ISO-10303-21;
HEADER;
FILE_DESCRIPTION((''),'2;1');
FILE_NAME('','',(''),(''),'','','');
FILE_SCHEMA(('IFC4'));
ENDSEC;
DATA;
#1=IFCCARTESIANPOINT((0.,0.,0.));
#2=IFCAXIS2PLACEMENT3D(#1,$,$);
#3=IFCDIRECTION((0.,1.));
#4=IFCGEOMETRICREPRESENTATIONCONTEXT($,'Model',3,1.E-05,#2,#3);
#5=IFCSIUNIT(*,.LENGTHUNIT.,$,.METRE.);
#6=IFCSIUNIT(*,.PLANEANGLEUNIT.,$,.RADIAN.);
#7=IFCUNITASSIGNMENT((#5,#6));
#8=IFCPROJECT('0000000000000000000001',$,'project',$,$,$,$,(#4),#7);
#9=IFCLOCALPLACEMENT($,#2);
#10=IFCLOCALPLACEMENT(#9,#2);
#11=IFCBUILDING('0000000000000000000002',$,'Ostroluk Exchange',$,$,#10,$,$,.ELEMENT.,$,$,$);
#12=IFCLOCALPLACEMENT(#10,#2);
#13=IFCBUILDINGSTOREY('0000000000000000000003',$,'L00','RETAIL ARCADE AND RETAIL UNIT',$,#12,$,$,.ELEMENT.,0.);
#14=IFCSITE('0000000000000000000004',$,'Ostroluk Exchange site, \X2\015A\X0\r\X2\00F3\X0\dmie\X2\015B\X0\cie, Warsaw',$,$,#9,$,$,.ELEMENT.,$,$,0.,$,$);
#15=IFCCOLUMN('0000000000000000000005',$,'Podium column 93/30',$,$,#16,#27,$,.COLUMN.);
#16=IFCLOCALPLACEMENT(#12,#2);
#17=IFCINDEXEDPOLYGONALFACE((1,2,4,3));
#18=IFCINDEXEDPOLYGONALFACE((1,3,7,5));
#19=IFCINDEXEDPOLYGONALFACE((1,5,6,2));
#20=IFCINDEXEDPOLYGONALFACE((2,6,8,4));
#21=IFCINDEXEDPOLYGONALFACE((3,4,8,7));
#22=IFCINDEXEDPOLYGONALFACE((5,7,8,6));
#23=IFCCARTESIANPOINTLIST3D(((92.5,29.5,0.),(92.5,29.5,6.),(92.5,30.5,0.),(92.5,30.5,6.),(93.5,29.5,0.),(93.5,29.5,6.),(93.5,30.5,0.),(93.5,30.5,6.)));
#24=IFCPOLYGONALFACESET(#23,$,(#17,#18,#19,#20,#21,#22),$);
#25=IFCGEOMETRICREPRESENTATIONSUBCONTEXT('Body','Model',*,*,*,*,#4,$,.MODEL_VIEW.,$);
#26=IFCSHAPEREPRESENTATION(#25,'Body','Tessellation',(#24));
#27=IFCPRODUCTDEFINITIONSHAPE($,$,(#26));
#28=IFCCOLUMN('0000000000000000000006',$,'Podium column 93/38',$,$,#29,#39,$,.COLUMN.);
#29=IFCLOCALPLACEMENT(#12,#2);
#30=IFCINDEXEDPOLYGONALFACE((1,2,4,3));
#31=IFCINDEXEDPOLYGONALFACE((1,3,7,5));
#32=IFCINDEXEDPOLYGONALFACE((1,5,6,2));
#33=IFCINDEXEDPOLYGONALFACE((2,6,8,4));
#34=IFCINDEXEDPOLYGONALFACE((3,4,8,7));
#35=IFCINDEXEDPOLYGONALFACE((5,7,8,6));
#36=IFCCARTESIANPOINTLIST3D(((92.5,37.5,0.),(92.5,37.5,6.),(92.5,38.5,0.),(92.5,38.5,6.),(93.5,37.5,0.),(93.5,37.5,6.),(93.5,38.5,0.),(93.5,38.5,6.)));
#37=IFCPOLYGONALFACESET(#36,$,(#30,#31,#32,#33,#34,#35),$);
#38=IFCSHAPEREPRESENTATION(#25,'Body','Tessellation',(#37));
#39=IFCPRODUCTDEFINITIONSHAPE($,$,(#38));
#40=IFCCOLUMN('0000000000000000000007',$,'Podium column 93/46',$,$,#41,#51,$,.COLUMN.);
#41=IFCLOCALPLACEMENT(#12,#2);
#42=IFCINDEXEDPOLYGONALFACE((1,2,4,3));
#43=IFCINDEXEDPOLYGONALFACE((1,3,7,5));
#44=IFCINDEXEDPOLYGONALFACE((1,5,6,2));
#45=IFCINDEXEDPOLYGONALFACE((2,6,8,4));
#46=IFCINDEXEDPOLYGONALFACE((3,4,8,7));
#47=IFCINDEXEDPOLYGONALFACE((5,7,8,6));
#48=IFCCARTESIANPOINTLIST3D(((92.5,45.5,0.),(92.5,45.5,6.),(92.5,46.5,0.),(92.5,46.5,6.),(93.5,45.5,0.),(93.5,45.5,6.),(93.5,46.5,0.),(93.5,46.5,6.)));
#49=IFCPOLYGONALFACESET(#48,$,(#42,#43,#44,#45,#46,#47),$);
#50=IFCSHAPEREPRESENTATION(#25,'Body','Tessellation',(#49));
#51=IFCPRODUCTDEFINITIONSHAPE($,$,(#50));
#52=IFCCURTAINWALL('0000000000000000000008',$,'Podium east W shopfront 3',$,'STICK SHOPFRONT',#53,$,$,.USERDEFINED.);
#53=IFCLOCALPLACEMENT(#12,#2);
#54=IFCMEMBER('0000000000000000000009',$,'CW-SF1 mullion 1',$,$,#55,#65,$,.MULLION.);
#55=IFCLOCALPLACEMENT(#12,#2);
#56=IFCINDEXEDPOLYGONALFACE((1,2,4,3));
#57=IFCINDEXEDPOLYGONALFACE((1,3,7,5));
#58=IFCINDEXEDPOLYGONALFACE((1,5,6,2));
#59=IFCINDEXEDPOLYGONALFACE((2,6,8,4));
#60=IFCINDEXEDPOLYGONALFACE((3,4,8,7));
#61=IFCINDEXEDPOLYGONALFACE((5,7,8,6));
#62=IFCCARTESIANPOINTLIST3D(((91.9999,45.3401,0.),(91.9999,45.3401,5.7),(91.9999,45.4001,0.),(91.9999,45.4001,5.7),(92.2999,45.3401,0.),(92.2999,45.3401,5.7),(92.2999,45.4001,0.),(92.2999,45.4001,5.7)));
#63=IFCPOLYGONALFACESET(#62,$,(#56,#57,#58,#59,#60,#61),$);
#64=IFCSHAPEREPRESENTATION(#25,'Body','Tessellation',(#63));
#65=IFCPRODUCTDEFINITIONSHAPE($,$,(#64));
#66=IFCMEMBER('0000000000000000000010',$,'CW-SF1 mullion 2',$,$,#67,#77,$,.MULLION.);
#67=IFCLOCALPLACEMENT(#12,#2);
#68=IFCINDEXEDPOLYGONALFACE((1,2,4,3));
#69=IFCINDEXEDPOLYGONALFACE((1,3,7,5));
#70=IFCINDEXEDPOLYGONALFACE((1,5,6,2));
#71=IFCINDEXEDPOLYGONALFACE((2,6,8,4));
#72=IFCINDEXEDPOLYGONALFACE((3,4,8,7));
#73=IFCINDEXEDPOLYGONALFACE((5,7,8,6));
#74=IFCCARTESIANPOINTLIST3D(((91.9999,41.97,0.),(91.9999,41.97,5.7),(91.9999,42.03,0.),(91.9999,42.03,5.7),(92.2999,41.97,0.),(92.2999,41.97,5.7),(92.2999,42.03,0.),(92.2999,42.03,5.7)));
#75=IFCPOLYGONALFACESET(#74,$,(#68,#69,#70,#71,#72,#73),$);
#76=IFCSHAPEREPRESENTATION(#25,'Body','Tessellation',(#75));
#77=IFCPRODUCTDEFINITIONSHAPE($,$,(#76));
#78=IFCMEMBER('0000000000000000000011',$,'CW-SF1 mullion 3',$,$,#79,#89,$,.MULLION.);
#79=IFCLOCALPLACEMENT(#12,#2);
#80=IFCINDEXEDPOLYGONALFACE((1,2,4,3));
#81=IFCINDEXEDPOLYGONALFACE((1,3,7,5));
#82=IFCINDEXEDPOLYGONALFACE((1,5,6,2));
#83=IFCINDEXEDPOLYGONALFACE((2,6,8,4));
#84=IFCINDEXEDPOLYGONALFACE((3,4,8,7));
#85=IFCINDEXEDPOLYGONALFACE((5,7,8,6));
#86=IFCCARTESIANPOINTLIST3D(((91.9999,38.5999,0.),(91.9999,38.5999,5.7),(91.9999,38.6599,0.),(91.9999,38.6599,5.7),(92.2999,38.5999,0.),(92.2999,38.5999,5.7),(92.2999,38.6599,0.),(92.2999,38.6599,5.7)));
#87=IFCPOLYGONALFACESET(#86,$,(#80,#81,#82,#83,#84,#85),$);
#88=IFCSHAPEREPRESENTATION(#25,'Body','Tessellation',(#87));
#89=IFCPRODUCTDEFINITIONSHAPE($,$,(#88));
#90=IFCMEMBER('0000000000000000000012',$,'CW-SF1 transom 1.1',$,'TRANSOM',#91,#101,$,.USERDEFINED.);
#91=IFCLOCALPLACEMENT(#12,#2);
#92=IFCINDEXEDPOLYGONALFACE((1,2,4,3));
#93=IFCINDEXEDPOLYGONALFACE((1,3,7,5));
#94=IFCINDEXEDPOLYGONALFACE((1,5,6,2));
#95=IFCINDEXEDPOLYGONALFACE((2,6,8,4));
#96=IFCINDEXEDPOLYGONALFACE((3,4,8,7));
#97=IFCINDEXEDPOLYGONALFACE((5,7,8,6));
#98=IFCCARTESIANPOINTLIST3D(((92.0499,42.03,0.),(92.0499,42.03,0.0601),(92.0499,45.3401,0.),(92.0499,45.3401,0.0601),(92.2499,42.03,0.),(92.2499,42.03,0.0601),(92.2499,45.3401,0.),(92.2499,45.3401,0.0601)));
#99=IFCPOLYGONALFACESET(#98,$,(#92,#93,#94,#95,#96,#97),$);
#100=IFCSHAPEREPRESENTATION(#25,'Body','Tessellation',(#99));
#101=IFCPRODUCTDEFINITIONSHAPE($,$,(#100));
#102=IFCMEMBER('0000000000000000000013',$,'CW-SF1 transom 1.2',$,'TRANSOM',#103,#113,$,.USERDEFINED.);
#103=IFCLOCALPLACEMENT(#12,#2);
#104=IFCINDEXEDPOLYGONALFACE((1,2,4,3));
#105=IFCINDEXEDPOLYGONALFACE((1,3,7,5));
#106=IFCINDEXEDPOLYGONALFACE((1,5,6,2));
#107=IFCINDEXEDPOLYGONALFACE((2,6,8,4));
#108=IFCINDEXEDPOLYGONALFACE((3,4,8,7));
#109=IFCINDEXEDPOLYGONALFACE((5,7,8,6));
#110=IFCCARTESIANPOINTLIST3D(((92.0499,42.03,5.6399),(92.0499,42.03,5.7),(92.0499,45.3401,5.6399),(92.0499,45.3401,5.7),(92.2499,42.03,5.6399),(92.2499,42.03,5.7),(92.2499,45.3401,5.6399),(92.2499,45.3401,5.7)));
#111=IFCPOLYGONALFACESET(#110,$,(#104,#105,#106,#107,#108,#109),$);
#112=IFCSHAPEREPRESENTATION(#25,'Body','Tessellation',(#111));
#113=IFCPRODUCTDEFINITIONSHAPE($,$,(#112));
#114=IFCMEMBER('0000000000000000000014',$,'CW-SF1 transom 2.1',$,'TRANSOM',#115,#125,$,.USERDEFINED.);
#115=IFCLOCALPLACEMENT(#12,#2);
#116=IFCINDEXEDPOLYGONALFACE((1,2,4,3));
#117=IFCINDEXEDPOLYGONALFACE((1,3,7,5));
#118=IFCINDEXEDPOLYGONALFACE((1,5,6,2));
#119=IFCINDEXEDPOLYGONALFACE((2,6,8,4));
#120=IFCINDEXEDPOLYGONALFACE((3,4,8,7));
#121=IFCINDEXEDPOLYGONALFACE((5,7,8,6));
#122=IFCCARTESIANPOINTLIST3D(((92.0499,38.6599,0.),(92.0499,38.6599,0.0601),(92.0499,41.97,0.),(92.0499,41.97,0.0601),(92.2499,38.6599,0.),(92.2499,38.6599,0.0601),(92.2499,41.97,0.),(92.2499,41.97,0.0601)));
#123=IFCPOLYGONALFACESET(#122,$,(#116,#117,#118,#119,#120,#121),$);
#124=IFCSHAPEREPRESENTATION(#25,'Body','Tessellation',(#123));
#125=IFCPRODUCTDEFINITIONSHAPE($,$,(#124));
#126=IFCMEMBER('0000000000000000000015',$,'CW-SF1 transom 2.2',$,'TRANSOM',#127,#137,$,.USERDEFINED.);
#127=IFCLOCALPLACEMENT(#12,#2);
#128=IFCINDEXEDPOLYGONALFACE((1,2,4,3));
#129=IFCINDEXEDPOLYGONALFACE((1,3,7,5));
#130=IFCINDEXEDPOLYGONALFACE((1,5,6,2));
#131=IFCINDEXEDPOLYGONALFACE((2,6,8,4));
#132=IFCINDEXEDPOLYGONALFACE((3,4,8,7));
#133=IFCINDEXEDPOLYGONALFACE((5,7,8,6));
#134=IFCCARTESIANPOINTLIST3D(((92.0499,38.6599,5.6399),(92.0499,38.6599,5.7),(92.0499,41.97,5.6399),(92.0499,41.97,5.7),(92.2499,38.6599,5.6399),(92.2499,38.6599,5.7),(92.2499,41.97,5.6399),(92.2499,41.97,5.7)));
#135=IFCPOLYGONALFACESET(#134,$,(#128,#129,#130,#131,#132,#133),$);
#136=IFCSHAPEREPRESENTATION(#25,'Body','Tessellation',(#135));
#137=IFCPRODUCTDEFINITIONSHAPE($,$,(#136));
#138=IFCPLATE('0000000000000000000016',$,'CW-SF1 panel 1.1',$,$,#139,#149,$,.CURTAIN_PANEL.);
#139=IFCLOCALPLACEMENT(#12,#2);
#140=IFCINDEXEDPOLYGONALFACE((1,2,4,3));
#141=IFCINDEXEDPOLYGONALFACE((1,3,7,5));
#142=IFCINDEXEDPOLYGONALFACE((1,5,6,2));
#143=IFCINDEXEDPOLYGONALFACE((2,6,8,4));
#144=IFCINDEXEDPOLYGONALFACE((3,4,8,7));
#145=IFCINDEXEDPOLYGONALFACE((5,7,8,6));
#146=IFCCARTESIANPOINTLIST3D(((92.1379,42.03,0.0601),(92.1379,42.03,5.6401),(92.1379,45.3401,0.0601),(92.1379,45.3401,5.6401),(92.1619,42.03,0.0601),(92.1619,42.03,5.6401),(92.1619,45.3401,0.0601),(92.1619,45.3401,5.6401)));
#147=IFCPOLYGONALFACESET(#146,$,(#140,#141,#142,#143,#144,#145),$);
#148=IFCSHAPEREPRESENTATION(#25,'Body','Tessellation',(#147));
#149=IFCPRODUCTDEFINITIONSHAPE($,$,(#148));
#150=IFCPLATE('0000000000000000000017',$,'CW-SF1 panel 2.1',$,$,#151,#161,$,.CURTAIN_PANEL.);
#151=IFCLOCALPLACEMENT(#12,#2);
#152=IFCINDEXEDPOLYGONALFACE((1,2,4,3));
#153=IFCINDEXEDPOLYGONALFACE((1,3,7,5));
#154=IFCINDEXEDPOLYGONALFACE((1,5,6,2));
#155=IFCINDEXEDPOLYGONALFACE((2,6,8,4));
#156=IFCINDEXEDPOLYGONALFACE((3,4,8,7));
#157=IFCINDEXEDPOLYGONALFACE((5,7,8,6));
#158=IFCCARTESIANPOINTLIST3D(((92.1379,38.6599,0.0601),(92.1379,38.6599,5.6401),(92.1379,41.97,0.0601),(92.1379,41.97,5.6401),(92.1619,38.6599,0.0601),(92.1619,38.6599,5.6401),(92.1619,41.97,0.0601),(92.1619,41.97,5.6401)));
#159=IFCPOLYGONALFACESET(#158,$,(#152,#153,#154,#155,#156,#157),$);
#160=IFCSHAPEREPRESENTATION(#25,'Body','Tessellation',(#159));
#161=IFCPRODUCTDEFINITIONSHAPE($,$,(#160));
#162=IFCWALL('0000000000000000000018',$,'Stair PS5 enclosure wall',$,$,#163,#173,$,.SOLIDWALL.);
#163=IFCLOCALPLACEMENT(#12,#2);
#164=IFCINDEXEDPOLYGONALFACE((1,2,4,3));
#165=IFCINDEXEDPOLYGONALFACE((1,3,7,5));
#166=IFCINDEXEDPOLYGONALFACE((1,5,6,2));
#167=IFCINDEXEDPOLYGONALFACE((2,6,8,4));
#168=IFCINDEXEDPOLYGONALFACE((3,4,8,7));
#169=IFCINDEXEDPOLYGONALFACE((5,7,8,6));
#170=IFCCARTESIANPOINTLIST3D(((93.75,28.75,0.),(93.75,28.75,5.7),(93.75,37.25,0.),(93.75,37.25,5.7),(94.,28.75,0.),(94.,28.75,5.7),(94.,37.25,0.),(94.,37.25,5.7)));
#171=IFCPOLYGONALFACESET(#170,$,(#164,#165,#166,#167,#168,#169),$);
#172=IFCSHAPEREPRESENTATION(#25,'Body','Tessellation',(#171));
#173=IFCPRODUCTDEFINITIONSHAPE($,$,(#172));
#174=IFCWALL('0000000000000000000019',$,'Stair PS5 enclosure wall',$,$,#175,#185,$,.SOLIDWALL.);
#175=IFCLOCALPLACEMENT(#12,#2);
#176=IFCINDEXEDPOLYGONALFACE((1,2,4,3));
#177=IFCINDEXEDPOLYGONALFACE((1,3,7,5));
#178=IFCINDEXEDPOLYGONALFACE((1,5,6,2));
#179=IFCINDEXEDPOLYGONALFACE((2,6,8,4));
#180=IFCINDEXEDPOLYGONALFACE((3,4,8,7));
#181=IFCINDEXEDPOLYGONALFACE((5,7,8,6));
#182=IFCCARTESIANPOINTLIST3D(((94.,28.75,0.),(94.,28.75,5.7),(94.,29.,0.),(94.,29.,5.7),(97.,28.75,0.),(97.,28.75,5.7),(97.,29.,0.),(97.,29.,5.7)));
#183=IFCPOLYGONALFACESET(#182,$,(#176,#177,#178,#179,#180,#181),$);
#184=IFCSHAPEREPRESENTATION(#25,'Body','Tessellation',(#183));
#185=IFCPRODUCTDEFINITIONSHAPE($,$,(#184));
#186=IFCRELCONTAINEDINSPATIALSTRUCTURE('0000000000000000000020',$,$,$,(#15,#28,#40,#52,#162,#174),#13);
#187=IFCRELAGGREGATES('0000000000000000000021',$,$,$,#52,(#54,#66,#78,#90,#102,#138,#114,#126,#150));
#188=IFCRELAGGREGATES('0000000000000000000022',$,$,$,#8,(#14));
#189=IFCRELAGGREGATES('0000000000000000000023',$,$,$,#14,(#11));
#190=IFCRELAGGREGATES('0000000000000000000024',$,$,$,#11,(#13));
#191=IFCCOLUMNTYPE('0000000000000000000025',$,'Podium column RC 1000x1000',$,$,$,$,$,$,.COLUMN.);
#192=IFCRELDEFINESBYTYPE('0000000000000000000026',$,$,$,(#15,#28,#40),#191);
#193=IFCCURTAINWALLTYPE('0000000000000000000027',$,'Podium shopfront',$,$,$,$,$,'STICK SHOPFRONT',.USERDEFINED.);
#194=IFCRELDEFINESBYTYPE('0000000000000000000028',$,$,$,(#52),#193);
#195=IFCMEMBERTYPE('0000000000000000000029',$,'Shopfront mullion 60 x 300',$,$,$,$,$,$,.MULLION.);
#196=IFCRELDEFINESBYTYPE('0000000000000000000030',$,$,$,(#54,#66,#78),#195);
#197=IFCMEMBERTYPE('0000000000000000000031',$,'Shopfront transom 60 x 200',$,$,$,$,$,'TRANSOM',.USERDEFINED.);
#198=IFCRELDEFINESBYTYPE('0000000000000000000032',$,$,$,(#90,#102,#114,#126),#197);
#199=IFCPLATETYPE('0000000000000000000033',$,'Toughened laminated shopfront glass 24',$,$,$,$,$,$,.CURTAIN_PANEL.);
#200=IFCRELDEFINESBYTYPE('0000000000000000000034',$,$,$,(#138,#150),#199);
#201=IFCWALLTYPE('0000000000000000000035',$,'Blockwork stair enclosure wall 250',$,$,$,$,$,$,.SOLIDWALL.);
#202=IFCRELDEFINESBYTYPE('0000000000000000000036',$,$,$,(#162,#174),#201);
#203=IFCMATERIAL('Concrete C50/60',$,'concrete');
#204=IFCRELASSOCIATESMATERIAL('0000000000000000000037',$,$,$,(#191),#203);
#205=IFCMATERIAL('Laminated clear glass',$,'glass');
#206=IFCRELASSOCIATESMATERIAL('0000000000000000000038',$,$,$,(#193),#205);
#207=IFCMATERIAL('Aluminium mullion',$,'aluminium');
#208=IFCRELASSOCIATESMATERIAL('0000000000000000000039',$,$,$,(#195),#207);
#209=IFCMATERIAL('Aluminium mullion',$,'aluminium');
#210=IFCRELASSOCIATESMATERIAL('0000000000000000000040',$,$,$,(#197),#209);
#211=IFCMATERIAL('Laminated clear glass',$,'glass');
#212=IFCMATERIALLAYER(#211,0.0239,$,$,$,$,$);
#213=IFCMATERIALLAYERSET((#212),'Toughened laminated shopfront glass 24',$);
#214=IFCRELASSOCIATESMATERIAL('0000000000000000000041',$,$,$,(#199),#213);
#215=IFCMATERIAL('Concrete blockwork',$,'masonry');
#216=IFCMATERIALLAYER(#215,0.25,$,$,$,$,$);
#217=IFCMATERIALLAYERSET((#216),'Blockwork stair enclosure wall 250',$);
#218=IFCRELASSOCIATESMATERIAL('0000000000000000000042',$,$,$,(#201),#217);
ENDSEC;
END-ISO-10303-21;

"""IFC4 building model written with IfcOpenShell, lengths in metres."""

from ifc_helpers import new_model, si_unit, direction, frame, frame_2d, origin, origin_2d, place, context, subcontext, project, spatial, rectangle, extrude, material, layer, layer_set, material_profile, profile_set, type_object, element, aggregate, save


model = new_model("IFC4")

# Units and contexts
model_context = context("Model", 3, precision=1e-05, world=origin(), true_north=direction((0.0, 1.0)))
body_context = subcontext(model_context, "Body", "Model", "MODEL_VIEW")
ifc_project = project(units=[si_unit("LENGTHUNIT", "METRE"), si_unit("PLANEANGLEUNIT", "RADIAN")], contexts=[model_context])

# Site, building, storey
site_placement = place(None, origin())
site = spatial("IfcSite", under=ifc_project, at=site_placement, Name="Ostroluk Exchange site, Śródmieście, Warsaw", CompositionType="ELEMENT", RefElevation=0.0)
building_placement = place(site_placement, origin())
building = spatial("IfcBuilding", under=site, at=building_placement, Name="Ostroluk Exchange", CompositionType="ELEMENT")
storey_placement = place(building_placement, origin())
storey = spatial("IfcBuildingStorey", under=building, at=storey_placement, Name="L00", Description="RETAIL ARCADE AND RETAIL UNIT", CompositionType="ELEMENT", Elevation=0.0)

# Columns
ifc_material_1 = material(Name="Concrete C50/60", Category="concrete")
ifc_material_profile_1 = material_profile(ifc_material_1, rectangle(XDim=1.0, YDim=1.0, at=origin_2d()), Name="RC 1000x1000")
ifc_profile_set_1 = profile_set([ifc_material_profile_1], Name="Concrete C50/60")
column_type = type_object("IfcColumnType", Name="Podium column RC 1000x1000", PredefinedType="COLUMN", material=ifc_profile_set_1)
for number, where, z_axis, x_axis, name in (
    (1, (93.0, 30.0, 0.0), (0.0, 0.0, 1.0), (1.0, 0.0, 0.0), "Podium column 93/30"),
    (2, (93.0, 38.0, 0.0), (0.0, 0.0, 1.0), (1.0, 0.0, 0.0), "Podium column 93/38"),
    (3, (93.0, 46.0, 0.0), (0.0, 0.0, 1.0), (1.0, 0.0, 0.0), "Podium column 93/46"),
):
    element("IfcColumn", number, at=place(storey_placement, frame(where, z_axis=z_axis, x_axis=x_axis)), inside=storey, type_object=column_type, Name=name, PredefinedType="COLUMN", context=body_context, shape_type="SweptSolid", body=[
        extrude(rectangle(XDim=1.0, YDim=1.0, at=origin_2d()), origin(), (0.0, 0.0, 1.0), 6.0),
    ])

# Curtain wall, members, plates
ifc_material_2 = material(Name="Laminated clear glass", Category="glass")
curtain_wall_type = type_object("IfcCurtainWallType", Name="Podium shopfront", ElementType="STICK SHOPFRONT", PredefinedType="USERDEFINED", material=ifc_material_2)
curtain_wall_placement = place(storey_placement, origin())
curtain_wall = element("IfcCurtainWall", 4, at=curtain_wall_placement, inside=storey, type_object=curtain_wall_type, Name="Podium east W shopfront 3", ObjectType="STICK SHOPFRONT", PredefinedType="USERDEFINED")
ifc_material_3 = material(Name="Aluminium mullion", Category="aluminium")
ifc_material_profile_2 = material_profile(ifc_material_3, rectangle(XDim=0.3, YDim=0.0601, at=origin_2d()), Name="Shopfront mullion 60 x 300")
ifc_profile_set_2 = profile_set([ifc_material_profile_2], Name="Aluminium mullion")
member_type_1 = type_object("IfcMemberType", Name="Shopfront mullion 60 x 300", PredefinedType="MULLION", material=ifc_profile_set_2)
member_1_placement = place(storey_placement, frame((92.1499, 45.3701, 0.0), z_axis=(0.0, 0.0, 1.0), x_axis=(1.0, 0.0, 0.0)))
member_1 = element("IfcMember", 5, at=member_1_placement, type_object=member_type_1, Name="CW-SF1 mullion 1", PredefinedType="MULLION", context=body_context, shape_type="SweptSolid", body=[
    extrude(rectangle(XDim=0.3, YDim=0.0601, at=origin_2d()), origin(), (0.0, 0.0, 1.0), 5.7),
])
member_2_placement = place(storey_placement, frame((92.1499, 42.0, 0.0), z_axis=(0.0, 0.0, 1.0), x_axis=(1.0, 0.0, 0.0)))
member_2 = element("IfcMember", 6, at=member_2_placement, type_object=member_type_1, Name="CW-SF1 mullion 2", PredefinedType="MULLION", context=body_context, shape_type="SweptSolid", body=[
    extrude(rectangle(XDim=0.3, YDim=0.0601, at=origin_2d()), origin(), (0.0, 0.0, 1.0), 5.7),
])
member_3_placement = place(storey_placement, frame((92.1499, 38.6299, 0.0), z_axis=(0.0, 0.0, 1.0), x_axis=(1.0, 0.0, 0.0)))
member_3 = element("IfcMember", 7, at=member_3_placement, type_object=member_type_1, Name="CW-SF1 mullion 3", PredefinedType="MULLION", context=body_context, shape_type="SweptSolid", body=[
    extrude(rectangle(XDim=0.3, YDim=0.0601, at=origin_2d()), origin(), (0.0, 0.0, 1.0), 5.7),
])
ifc_material_4 = material(Name="Aluminium mullion", Category="aluminium")
ifc_material_profile_3 = material_profile(ifc_material_4, rectangle(XDim=0.2, YDim=0.0601, at=origin_2d()), Name="Shopfront transom 60 x 200")
ifc_profile_set_3 = profile_set([ifc_material_profile_3], Name="Aluminium mullion")
member_type_2 = type_object("IfcMemberType", Name="Shopfront transom 60 x 200", ElementType="TRANSOM", PredefinedType="USERDEFINED", material=ifc_profile_set_3)
member_4_placement = place(storey_placement, frame((92.1499, 45.3401, 0.03), z_axis=(0.0, -1.0, 0.0), x_axis=(1.0, 0.0, 0.0)))
member_4 = element("IfcMember", 8, at=member_4_placement, type_object=member_type_2, Name="CW-SF1 transom 1.1", ObjectType="TRANSOM", PredefinedType="USERDEFINED", context=body_context, shape_type="SweptSolid", body=[
    extrude(rectangle(XDim=0.2, YDim=0.0601, at=origin_2d()), origin(), (0.0, 0.0, 1.0), 3.3101),
])
member_5_placement = place(storey_placement, frame((92.1499, 45.3401, 5.6699), z_axis=(0.0, -1.0, 0.0), x_axis=(1.0, 0.0, 0.0)))
member_5 = element("IfcMember", 9, at=member_5_placement, type_object=member_type_2, Name="CW-SF1 transom 1.2", ObjectType="TRANSOM", PredefinedType="USERDEFINED", context=body_context, shape_type="SweptSolid", body=[
    extrude(rectangle(XDim=0.2, YDim=0.0601, at=origin_2d()), origin(), (0.0, 0.0, 1.0), 3.3101),
])
member_6_placement = place(storey_placement, frame((92.1499, 41.97, 0.03), z_axis=(0.0, -1.0, 0.0), x_axis=(1.0, 0.0, 0.0)))
member_6 = element("IfcMember", 10, at=member_6_placement, type_object=member_type_2, Name="CW-SF1 transom 2.1", ObjectType="TRANSOM", PredefinedType="USERDEFINED", context=body_context, shape_type="SweptSolid", body=[
    extrude(rectangle(XDim=0.2, YDim=0.0601, at=origin_2d()), origin(), (0.0, 0.0, 1.0), 3.3101),
])
member_7_placement = place(storey_placement, frame((92.1499, 41.97, 5.6699), z_axis=(0.0, -1.0, 0.0), x_axis=(1.0, 0.0, 0.0)))
member_7 = element("IfcMember", 11, at=member_7_placement, type_object=member_type_2, Name="CW-SF1 transom 2.2", ObjectType="TRANSOM", PredefinedType="USERDEFINED", context=body_context, shape_type="SweptSolid", body=[
    extrude(rectangle(XDim=0.2, YDim=0.0601, at=origin_2d()), origin(), (0.0, 0.0, 1.0), 3.3101),
])
ifc_material_5 = material(Name="Laminated clear glass", Category="glass")
ifc_layer_1 = layer(ifc_material_5, 0.0239)
ifc_layer_set_1 = layer_set([ifc_layer_1], Name="Toughened laminated shopfront glass 24")
plate_type = type_object("IfcPlateType", Name="Toughened laminated shopfront glass 24", PredefinedType="CURTAIN_PANEL", material=ifc_layer_set_1)
plate_1_placement = place(storey_placement, frame((92.1499, 43.6851, 0.0601), z_axis=(0.0, 0.0, 1.0), x_axis=(0.0, -1.0, 0.0)))
plate_1 = element("IfcPlate", 12, at=plate_1_placement, type_object=plate_type, Name="CW-SF1 panel 1.1", PredefinedType="CURTAIN_PANEL", context=body_context, shape_type="SweptSolid", body=[
    extrude(rectangle(XDim=3.3101, YDim=0.0239, at=origin_2d()), origin(), (0.0, 0.0, 1.0), 5.5801),
])
plate_2_placement = place(storey_placement, frame((92.1499, 40.3149, 0.0601), z_axis=(0.0, 0.0, 1.0), x_axis=(0.0, -1.0, 0.0)))
plate_2 = element("IfcPlate", 13, at=plate_2_placement, type_object=plate_type, Name="CW-SF1 panel 2.1", PredefinedType="CURTAIN_PANEL", context=body_context, shape_type="SweptSolid", body=[
    extrude(rectangle(XDim=3.3101, YDim=0.0239, at=origin_2d()), origin(), (0.0, 0.0, 1.0), 5.5801),
])
aggregate(curtain_wall, [member_1, member_2, member_3, member_4, member_5, plate_1, member_6, member_7, plate_2])

# Walls
ifc_material_6 = material(Name="Concrete blockwork", Category="masonry")
ifc_layer_2 = layer(ifc_material_6, 0.25)
ifc_layer_set_2 = layer_set([ifc_layer_2], Name="Blockwork stair enclosure wall 250")
wall_type_1 = type_object("IfcWallType", Name="Blockwork stair enclosure wall 250", PredefinedType="SOLIDWALL", material=ifc_layer_set_2)
wall_1_placement = place(storey_placement, frame((93.875, 28.75, 0.0), z_axis=(0.0, 0.0, 1.0), x_axis=(0.0, 1.0, 0.0)))
element("IfcWall", 14, at=wall_1_placement, inside=storey, type_object=wall_type_1, Name="Stair PS5 enclosure wall", PredefinedType="SOLIDWALL", context=body_context, shape_type="SweptSolid", body=[
    extrude(rectangle(XDim=8.5, YDim=0.25, at=frame_2d((4.25, 0.0))), origin(), (0.0, 0.0, 1.0), 5.7),
])
wall_2_placement = place(storey_placement, frame((94.0, 28.875, 0.0), z_axis=(0.0, 0.0, 1.0), x_axis=(1.0, 0.0, 0.0)))
element("IfcWall", 15, at=wall_2_placement, inside=storey, type_object=wall_type_1, Name="Stair PS5 enclosure wall", PredefinedType="SOLIDWALL", context=body_context, shape_type="SweptSolid", body=[
    extrude(rectangle(XDim=3.0, YDim=0.25, at=frame_2d((1.5, 0.0))), origin(), (0.0, 0.0, 1.0), 5.7),
])

save(model, "model.ifc")
